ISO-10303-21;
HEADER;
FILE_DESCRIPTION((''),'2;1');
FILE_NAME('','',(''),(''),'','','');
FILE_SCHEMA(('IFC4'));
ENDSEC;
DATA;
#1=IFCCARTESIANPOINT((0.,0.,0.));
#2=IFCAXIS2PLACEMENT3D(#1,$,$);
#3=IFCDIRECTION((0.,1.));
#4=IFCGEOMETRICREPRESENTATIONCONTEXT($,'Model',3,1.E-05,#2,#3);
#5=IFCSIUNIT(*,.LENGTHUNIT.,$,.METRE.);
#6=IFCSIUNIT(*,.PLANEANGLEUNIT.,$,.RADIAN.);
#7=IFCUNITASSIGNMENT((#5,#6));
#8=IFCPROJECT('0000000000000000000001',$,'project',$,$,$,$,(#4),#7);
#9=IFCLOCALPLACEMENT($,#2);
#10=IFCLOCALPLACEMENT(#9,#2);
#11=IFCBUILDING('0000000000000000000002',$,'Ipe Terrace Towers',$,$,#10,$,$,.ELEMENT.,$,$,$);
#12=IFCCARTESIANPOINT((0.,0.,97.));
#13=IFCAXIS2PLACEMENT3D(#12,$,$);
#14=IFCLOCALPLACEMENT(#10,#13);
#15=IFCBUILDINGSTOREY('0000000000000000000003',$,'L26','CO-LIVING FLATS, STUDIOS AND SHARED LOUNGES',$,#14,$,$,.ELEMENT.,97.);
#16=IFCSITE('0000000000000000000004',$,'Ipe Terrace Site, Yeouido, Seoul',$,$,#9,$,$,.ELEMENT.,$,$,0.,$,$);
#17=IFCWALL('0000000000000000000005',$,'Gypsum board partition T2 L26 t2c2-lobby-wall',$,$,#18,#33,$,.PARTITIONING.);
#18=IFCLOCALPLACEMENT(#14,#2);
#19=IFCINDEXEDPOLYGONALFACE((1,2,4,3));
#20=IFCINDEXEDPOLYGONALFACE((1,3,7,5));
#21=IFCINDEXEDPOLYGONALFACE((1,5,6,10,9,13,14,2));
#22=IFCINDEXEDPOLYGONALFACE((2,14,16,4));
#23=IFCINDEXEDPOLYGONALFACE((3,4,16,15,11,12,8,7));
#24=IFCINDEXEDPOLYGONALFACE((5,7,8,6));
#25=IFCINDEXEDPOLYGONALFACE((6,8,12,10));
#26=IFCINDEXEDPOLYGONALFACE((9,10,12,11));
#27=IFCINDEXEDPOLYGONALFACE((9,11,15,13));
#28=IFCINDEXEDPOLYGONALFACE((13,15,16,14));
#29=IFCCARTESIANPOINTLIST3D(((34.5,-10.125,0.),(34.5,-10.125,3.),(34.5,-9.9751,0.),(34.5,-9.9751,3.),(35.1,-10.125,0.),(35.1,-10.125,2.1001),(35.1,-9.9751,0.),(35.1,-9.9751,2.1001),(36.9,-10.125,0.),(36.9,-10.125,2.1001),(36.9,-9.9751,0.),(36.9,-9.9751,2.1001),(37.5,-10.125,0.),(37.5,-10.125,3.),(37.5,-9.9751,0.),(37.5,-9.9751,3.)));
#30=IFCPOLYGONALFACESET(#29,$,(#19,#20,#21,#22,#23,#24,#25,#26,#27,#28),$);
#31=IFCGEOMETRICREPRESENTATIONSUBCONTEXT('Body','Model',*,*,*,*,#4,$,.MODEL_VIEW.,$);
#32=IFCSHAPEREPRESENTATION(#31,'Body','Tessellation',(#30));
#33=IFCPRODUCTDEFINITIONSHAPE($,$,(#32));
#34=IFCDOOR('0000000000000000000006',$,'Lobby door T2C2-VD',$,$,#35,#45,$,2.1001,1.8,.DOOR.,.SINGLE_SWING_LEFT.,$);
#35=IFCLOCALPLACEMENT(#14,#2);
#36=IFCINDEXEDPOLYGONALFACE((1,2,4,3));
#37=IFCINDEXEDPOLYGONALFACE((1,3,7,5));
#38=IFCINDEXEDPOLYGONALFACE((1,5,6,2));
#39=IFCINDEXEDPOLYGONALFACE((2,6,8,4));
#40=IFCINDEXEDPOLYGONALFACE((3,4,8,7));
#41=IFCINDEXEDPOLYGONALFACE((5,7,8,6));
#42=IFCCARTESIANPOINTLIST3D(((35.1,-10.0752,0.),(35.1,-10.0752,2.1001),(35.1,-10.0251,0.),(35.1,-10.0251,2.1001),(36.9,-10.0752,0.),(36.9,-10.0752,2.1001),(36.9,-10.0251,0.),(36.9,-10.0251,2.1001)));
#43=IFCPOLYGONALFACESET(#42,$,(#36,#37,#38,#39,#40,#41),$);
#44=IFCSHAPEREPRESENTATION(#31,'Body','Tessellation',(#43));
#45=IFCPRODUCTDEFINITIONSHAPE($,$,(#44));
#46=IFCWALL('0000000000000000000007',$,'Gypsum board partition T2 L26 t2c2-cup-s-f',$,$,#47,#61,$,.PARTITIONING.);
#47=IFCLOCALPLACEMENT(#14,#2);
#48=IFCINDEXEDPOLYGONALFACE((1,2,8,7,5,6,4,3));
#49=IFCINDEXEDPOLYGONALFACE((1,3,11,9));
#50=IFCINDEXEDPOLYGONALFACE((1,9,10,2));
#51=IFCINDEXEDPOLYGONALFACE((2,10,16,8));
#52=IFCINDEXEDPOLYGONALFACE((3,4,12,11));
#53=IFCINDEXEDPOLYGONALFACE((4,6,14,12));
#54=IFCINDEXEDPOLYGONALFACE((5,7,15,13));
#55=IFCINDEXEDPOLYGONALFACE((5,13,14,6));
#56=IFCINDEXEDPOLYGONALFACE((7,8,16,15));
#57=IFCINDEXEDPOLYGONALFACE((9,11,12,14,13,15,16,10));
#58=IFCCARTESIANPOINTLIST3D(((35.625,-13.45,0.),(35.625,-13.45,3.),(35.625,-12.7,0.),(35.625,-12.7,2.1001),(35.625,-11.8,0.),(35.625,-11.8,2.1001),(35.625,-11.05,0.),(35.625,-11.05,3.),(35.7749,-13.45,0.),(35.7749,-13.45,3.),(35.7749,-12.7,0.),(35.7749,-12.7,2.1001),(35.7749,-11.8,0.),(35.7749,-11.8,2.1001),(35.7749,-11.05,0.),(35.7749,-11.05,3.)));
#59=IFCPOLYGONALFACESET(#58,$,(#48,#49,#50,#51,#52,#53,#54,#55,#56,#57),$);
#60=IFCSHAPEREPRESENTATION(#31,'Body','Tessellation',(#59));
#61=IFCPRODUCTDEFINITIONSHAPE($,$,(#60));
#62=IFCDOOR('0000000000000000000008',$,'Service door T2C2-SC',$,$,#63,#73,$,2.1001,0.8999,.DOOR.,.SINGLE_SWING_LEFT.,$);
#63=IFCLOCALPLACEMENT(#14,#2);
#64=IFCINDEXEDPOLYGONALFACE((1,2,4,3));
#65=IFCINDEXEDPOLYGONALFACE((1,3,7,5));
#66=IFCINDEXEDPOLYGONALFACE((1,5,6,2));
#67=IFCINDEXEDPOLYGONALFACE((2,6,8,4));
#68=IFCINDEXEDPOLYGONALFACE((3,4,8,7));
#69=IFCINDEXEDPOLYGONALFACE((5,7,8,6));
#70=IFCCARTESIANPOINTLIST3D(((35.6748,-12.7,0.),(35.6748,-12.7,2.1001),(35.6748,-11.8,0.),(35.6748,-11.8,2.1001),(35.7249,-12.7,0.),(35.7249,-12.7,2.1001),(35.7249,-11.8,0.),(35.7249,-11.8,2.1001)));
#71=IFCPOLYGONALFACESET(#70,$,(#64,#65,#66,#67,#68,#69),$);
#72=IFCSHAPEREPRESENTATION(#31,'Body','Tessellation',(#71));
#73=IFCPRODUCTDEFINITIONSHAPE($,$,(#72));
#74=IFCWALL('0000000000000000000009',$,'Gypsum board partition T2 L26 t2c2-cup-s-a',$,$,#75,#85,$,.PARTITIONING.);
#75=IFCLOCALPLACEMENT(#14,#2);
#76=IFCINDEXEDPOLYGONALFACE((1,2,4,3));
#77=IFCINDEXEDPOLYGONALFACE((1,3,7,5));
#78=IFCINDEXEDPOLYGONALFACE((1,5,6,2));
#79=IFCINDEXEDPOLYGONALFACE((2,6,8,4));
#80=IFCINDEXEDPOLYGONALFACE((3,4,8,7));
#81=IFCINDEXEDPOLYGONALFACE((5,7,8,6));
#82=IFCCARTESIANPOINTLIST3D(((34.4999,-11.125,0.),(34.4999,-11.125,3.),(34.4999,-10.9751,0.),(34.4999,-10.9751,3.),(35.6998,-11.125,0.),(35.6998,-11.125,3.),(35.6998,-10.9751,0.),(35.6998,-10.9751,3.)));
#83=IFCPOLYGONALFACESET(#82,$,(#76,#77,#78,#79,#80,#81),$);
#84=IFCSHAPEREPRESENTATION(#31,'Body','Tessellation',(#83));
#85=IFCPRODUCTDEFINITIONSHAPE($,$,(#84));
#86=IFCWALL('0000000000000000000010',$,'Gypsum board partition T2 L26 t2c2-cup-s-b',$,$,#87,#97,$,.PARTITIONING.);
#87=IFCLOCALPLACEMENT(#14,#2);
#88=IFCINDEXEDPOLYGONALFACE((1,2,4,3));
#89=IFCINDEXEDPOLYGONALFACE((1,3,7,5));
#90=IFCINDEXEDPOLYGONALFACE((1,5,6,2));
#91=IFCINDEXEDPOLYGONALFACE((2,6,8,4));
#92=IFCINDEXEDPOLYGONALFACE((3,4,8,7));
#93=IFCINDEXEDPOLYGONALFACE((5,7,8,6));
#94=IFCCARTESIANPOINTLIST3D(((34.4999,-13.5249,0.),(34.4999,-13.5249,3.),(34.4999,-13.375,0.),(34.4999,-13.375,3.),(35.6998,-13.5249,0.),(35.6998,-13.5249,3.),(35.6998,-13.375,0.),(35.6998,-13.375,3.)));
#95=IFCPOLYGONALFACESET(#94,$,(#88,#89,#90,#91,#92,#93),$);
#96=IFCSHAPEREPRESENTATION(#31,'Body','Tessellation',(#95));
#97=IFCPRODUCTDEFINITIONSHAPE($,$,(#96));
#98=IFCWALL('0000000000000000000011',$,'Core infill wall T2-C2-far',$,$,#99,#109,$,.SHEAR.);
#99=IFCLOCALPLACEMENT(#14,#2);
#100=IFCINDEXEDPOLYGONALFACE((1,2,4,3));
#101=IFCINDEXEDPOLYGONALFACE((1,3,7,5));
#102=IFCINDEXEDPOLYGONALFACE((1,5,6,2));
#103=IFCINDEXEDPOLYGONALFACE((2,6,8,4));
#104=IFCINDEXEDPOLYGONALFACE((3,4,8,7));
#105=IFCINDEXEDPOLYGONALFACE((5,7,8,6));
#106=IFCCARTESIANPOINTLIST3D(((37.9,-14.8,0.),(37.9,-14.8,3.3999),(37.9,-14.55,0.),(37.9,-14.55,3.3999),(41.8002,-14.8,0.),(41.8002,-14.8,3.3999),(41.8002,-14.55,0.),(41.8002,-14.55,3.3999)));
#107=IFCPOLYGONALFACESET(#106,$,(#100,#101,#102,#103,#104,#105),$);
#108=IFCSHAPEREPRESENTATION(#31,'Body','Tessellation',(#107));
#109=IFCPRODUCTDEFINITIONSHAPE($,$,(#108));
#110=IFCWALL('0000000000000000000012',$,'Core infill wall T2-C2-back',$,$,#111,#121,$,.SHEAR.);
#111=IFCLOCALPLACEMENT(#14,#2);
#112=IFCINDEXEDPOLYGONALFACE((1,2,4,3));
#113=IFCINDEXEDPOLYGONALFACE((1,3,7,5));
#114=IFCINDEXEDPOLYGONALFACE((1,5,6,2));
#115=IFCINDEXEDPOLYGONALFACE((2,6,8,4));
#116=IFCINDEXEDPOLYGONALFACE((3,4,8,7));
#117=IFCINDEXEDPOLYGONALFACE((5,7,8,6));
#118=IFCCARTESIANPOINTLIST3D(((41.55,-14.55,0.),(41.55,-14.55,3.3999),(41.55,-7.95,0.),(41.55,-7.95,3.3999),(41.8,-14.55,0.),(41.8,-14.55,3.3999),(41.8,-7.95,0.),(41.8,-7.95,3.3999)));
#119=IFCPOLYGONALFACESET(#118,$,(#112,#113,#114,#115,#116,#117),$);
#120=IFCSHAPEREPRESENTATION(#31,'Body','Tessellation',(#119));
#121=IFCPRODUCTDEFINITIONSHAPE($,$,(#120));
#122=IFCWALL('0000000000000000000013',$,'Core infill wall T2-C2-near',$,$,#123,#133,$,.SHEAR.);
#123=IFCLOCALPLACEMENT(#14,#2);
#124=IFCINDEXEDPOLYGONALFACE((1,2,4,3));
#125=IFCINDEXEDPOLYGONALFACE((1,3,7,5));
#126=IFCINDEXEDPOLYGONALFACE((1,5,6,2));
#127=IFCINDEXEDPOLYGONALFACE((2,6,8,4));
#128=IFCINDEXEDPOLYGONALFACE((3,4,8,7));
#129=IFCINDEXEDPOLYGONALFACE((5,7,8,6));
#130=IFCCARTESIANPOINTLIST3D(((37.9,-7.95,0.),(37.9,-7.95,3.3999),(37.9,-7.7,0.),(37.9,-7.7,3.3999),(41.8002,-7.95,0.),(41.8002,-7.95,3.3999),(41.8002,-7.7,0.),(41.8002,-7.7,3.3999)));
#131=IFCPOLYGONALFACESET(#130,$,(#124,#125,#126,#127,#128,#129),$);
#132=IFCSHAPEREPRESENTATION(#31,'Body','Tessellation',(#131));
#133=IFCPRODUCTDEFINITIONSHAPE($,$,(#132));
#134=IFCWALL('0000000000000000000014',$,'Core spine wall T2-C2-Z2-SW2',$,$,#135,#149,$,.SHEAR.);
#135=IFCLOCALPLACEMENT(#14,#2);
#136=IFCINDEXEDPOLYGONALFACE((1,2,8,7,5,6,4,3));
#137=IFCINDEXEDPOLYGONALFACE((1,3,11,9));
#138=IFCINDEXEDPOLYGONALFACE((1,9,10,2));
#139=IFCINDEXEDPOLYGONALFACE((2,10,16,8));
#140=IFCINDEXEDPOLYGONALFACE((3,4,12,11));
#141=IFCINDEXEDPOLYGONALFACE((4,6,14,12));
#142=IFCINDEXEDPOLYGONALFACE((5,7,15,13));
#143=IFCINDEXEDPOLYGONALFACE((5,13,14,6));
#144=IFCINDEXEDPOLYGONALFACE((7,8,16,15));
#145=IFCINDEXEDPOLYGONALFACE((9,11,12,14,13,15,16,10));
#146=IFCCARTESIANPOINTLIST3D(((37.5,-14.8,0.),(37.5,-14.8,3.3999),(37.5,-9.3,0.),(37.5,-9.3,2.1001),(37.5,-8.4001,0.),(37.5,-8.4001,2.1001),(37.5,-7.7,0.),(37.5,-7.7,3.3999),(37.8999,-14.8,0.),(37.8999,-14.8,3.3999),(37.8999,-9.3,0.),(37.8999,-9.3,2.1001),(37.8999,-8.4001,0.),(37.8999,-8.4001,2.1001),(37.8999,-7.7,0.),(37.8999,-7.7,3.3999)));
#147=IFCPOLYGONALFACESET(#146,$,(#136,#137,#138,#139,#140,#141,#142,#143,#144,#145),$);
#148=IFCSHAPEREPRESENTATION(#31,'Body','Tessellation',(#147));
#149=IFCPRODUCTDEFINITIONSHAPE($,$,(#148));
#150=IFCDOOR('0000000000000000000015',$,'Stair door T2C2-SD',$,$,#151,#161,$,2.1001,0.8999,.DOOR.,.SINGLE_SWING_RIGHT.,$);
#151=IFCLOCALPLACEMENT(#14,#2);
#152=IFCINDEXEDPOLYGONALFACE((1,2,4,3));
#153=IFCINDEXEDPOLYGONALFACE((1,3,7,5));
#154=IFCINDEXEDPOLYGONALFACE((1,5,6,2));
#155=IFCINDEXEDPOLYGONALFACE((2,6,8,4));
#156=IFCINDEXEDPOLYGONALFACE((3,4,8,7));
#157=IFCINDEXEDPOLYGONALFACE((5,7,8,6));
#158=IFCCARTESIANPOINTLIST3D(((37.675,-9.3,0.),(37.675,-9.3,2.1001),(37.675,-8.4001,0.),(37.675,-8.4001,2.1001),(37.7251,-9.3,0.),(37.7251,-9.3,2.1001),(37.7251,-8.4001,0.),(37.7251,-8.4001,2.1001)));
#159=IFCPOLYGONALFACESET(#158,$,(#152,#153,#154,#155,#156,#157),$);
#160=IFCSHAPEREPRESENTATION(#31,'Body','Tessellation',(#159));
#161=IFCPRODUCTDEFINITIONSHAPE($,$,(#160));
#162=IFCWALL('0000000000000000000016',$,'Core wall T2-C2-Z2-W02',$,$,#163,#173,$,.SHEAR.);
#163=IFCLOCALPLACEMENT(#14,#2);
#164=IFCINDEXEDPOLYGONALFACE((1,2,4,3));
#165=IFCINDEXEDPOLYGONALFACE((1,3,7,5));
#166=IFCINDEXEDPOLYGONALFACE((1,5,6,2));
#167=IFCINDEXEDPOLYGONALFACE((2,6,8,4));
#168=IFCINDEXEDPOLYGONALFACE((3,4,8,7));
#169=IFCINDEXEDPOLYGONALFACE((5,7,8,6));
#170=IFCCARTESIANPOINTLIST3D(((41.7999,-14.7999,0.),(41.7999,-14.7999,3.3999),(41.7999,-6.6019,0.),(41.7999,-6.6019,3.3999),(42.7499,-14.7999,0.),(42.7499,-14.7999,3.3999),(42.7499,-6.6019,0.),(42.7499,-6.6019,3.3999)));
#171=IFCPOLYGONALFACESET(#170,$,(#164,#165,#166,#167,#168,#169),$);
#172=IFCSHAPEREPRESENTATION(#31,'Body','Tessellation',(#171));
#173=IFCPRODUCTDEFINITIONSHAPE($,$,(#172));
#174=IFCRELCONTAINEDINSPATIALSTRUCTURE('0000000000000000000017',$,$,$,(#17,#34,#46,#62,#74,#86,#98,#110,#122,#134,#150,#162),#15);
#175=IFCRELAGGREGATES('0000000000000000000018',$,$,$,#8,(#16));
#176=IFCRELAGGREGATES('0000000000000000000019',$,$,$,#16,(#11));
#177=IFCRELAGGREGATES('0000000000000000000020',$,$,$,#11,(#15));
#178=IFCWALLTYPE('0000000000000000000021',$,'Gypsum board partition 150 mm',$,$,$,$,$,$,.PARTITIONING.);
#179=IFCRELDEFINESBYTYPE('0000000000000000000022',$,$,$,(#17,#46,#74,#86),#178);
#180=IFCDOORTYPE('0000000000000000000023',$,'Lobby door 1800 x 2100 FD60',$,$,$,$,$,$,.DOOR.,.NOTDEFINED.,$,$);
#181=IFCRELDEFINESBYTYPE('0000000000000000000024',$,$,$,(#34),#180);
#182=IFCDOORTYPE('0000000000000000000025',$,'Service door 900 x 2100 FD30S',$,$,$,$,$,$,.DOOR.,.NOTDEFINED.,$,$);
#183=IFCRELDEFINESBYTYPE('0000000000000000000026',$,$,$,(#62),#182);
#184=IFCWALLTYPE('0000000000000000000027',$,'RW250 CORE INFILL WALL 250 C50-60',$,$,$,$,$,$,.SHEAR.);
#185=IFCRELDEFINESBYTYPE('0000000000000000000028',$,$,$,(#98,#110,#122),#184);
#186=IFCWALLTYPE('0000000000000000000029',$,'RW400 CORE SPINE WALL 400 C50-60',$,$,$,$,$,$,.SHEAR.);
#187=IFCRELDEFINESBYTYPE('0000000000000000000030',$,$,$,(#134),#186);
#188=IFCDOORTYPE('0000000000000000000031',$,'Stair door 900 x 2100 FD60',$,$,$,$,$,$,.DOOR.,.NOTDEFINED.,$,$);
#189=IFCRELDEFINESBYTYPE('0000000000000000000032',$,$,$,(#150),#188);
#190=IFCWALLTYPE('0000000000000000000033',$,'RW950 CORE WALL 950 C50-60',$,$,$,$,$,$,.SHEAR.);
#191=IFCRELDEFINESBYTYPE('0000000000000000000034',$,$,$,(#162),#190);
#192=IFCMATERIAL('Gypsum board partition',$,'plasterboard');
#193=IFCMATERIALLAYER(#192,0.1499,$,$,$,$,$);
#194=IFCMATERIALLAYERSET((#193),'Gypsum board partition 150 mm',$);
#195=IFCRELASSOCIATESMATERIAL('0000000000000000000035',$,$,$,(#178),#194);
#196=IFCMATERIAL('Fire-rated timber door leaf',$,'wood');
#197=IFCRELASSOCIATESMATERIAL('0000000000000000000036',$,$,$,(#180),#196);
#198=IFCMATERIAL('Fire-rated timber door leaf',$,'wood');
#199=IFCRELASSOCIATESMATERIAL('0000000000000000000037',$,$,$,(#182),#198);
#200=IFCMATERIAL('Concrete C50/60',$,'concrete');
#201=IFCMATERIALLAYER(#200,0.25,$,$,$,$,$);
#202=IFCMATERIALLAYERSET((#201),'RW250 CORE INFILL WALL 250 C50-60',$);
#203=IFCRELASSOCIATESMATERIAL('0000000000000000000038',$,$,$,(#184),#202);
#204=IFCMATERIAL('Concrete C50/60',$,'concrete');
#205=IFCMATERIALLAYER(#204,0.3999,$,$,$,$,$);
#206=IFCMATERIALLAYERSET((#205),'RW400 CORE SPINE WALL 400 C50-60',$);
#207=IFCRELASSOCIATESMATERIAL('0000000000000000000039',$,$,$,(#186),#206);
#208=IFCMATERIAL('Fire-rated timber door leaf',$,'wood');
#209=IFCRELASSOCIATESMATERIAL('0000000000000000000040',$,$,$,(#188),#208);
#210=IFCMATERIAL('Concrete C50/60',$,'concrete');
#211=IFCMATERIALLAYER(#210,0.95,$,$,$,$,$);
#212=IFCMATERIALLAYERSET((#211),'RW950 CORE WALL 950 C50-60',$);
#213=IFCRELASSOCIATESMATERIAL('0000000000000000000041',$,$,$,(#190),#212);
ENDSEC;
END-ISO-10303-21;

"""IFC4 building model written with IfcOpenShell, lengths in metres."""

from ifc_helpers import new_model, si_unit, direction, frame, frame_2d, origin, place, context, subcontext, project, spatial, rectangle, extrude, material, layer, layer_set, type_object, element, fill, save


model = new_model("IFC4")

# Units and contexts
model_context = context("Model", 3, precision=1e-05, world=origin(), true_north=direction((0.0, 1.0)))
body_context = subcontext(model_context, "Body", "Model", "MODEL_VIEW")
ifc_project = project(units=[si_unit("LENGTHUNIT", "METRE"), si_unit("PLANEANGLEUNIT", "RADIAN")], contexts=[model_context])

# Site, building, storey
site_placement = place(None, origin())
site = spatial("IfcSite", under=ifc_project, at=site_placement, Name="Ipe Terrace Site, Yeouido, Seoul", CompositionType="ELEMENT", RefElevation=0.0)
building_placement = place(site_placement, origin())
building = spatial("IfcBuilding", under=site, at=building_placement, Name="Ipe Terrace Towers", CompositionType="ELEMENT")
storey_placement = place(building_placement, frame((0.0, 0.0, 97.0)))
storey = spatial("IfcBuildingStorey", under=building, at=storey_placement, Name="L26", Description="CO-LIVING FLATS, STUDIOS AND SHARED LOUNGES", CompositionType="ELEMENT", Elevation=97.0)

# Walls, openings, doors
ifc_material_1 = material(Name="Gypsum board partition", Category="plasterboard")
ifc_layer_1 = layer(ifc_material_1, 0.1499)
ifc_layer_set_1 = layer_set([ifc_layer_1], Name="Gypsum board partition 150 mm")
wall_type_1 = type_object("IfcWallType", Name="Gypsum board partition 150 mm", PredefinedType="PARTITIONING", material=ifc_layer_set_1)
wall_1_placement = place(storey_placement, frame((34.5, -10.05, 0.0), z_axis=(0.0, 0.0, 1.0), x_axis=(1.0, 0.0, 0.0)))
wall_1 = element("IfcWall", 1, at=wall_1_placement, inside=storey, type_object=wall_type_1, Name="Gypsum board partition T2 L26 t2c2-lobby-wall", PredefinedType="PARTITIONING", context=body_context, shape_type="SweptSolid", body=[
    extrude(rectangle(XDim=3.0, YDim=0.1499, at=frame_2d((1.5, 0.0))), origin(), (0.0, 0.0, 1.0), 3.0),
])
opening_1_placement = place(wall_1_placement, frame((0.6001, 0.0, 0.0)))
opening_1 = element("IfcOpeningElement", 2, at=opening_1_placement, cuts=wall_1, PredefinedType="OPENING", context=body_context, shape_type="SweptSolid", body=[
    extrude(rectangle(XDim=1.8, YDim=2.1001, at=frame_2d((0.8999, 1.05))), frame((0.0, 0.085, 0.0), z_axis=(0.0, -1.0, 0.0), x_axis=(1.0, 0.0, 0.0)), (0.0, 0.0, 1.0), 0.1699),
])
ifc_material_2 = material(Name="Fire-rated timber door leaf", Category="wood")
door_type_1 = type_object("IfcDoorType", Name="Lobby door 1800 x 2100 FD60", OperationType="NOTDEFINED", PredefinedType="DOOR", material=ifc_material_2)
door_1_placement = place(opening_1_placement, origin())
door_1 = element("IfcDoor", 3, at=door_1_placement, inside=storey, type_object=door_type_1, Name="Lobby door T2C2-VD", OperationType="SINGLE_SWING_LEFT", OverallHeight=2.1001, OverallWidth=1.8, PredefinedType="DOOR", context=body_context, shape_type="SweptSolid", body=[
    extrude(rectangle(XDim=1.8, YDim=2.1001, at=frame_2d((0.8999, 1.05))), frame((0.0, 0.0249, 0.0), z_axis=(0.0, -1.0, 0.0), x_axis=(1.0, 0.0, 0.0)), (0.0, 0.0, 1.0), 0.05),
])
fill(opening_1, door_1)
wall_2_placement = place(storey_placement, frame((35.7, -11.05, 0.0), z_axis=(0.0, 0.0, 1.0), x_axis=(0.0, -1.0, 0.0)))
wall_2 = element("IfcWall", 4, at=wall_2_placement, inside=storey, type_object=wall_type_1, Name="Gypsum board partition T2 L26 t2c2-cup-s-f", PredefinedType="PARTITIONING", context=body_context, shape_type="SweptSolid", body=[
    extrude(rectangle(XDim=2.3999, YDim=0.1499, at=frame_2d((1.2, 0.0))), origin(), (0.0, 0.0, 1.0), 3.0),
])
opening_2_placement = place(wall_2_placement, frame((0.75, 0.0, 0.0)))
opening_2 = element("IfcOpeningElement", 5, at=opening_2_placement, cuts=wall_2, PredefinedType="OPENING", context=body_context, shape_type="SweptSolid", body=[
    extrude(rectangle(XDim=0.8999, YDim=2.1001, at=frame_2d((0.45, 1.05))), frame((0.0, 0.085, 0.0), z_axis=(0.0, -1.0, 0.0), x_axis=(1.0, 0.0, 0.0)), (0.0, 0.0, 1.0), 0.1699),
])
ifc_material_3 = material(Name="Fire-rated timber door leaf", Category="wood")
door_type_2 = type_object("IfcDoorType", Name="Service door 900 x 2100 FD30S", OperationType="NOTDEFINED", PredefinedType="DOOR", material=ifc_material_3)
door_2_placement = place(opening_2_placement, origin())
door_2 = element("IfcDoor", 6, at=door_2_placement, inside=storey, type_object=door_type_2, Name="Service door T2C2-SC", OperationType="SINGLE_SWING_LEFT", OverallHeight=2.1001, OverallWidth=0.8999, PredefinedType="DOOR", context=body_context, shape_type="SweptSolid", body=[
    extrude(rectangle(XDim=0.8999, YDim=2.1001, at=frame_2d((0.45, 1.05))), frame((0.0, 0.0249, 0.0), z_axis=(0.0, -1.0, 0.0), x_axis=(1.0, 0.0, 0.0)), (0.0, 0.0, 1.0), 0.05),
])
fill(opening_2, door_2)

# Walls
for number, where, z_axis, x_axis, name in (
    (7, (35.7, -11.05, 0.0), (0.0, 0.0, 1.0), (-1.0, 0.0, 0.0), "Gypsum board partition T2 L26 t2c2-cup-s-a"),
    (8, (35.7, -13.45, 0.0), (0.0, 0.0, 1.0), (-1.0, 0.0, 0.0), "Gypsum board partition T2 L26 t2c2-cup-s-b"),
):
    element("IfcWall", number, at=place(storey_placement, frame(where, z_axis=z_axis, x_axis=x_axis)), inside=storey, type_object=wall_type_1, Name=name, PredefinedType="PARTITIONING", context=body_context, shape_type="SweptSolid", body=[
        extrude(rectangle(XDim=1.2, YDim=0.1499, at=frame_2d((0.6001, 0.0))), origin(), (0.0, 0.0, 1.0), 3.0),
    ])
ifc_material_4 = material(Name="Concrete C50/60", Category="concrete")
ifc_layer_2 = layer(ifc_material_4, 0.25)
ifc_layer_set_2 = layer_set([ifc_layer_2], Name="RW250 CORE INFILL WALL 250 C50-60")
wall_type_2 = type_object("IfcWallType", Name="RW250 CORE INFILL WALL 250 C50-60", PredefinedType="SHEAR", material=ifc_layer_set_2)
wall_3_placement = place(storey_placement, frame((37.8999, -14.675, 0.0), z_axis=(0.0, 0.0, 1.0), x_axis=(1.0, 0.0, 0.0)))
element("IfcWall", 9, at=wall_3_placement, inside=storey, type_object=wall_type_2, Name="Core infill wall T2-C2-far", PredefinedType="SHEAR", context=body_context, shape_type="SweptSolid", body=[
    extrude(rectangle(XDim=3.9001, YDim=0.25, at=frame_2d((1.9502, 0.0))), origin(), (0.0, 0.0, 1.0), 3.3999),
])
wall_4_placement = place(storey_placement, frame((41.675, -7.95, 0.0), z_axis=(0.0, 0.0, 1.0), x_axis=(0.0, -1.0, 0.0)))
element("IfcWall", 10, at=wall_4_placement, inside=storey, type_object=wall_type_2, Name="Core infill wall T2-C2-back", PredefinedType="SHEAR", context=body_context, shape_type="SweptSolid", body=[
    extrude(rectangle(XDim=6.6001, YDim=0.25, at=frame_2d((3.3, 0.0))), origin(), (0.0, 0.0, 1.0), 3.3999),
])
wall_5_placement = place(storey_placement, frame((37.8999, -7.825, 0.0), z_axis=(0.0, 0.0, 1.0), x_axis=(1.0, 0.0, 0.0)))
element("IfcWall", 11, at=wall_5_placement, inside=storey, type_object=wall_type_2, Name="Core infill wall T2-C2-near", PredefinedType="SHEAR", context=body_context, shape_type="SweptSolid", body=[
    extrude(rectangle(XDim=3.9001, YDim=0.25, at=frame_2d((1.9502, 0.0))), origin(), (0.0, 0.0, 1.0), 3.3999),
])

# Wall, opening, door
ifc_material_5 = material(Name="Concrete C50/60", Category="concrete")
ifc_layer_3 = layer(ifc_material_5, 0.3999)
ifc_layer_set_3 = layer_set([ifc_layer_3], Name="RW400 CORE SPINE WALL 400 C50-60")
wall_type_3 = type_object("IfcWallType", Name="RW400 CORE SPINE WALL 400 C50-60", PredefinedType="SHEAR", material=ifc_layer_set_3)
wall_6_placement = place(storey_placement, frame((37.7, -14.8, 0.0), z_axis=(0.0, 0.0, 1.0), x_axis=(0.0, 1.0, 0.0)))
wall_6 = element("IfcWall", 12, at=wall_6_placement, inside=storey, type_object=wall_type_3, Name="Core spine wall T2-C2-Z2-SW2", PredefinedType="SHEAR", context=body_context, shape_type="SweptSolid", body=[
    extrude(rectangle(XDim=7.1001, YDim=0.3999, at=frame_2d((3.55, 0.0))), origin(), (0.0, 0.0, 1.0), 3.3999),
])
opening_3_placement = place(wall_6_placement, frame((5.5, 0.0, 0.0)))
opening_3 = element("IfcOpeningElement", 13, at=opening_3_placement, cuts=wall_6, PredefinedType="OPENING", context=body_context, shape_type="SweptSolid", body=[
    extrude(rectangle(XDim=0.8999, YDim=2.1001, at=frame_2d((0.45, 1.05))), frame((0.0, 0.21, 0.0), z_axis=(0.0, -1.0, 0.0), x_axis=(1.0, 0.0, 0.0)), (0.0, 0.0, 1.0), 0.4199),
])
ifc_material_6 = material(Name="Fire-rated timber door leaf", Category="wood")
door_type_3 = type_object("IfcDoorType", Name="Stair door 900 x 2100 FD60", OperationType="NOTDEFINED", PredefinedType="DOOR", material=ifc_material_6)
door_3_placement = place(opening_3_placement, origin())
door_3 = element("IfcDoor", 14, at=door_3_placement, inside=storey, type_object=door_type_3, Name="Stair door T2C2-SD", OperationType="SINGLE_SWING_RIGHT", OverallHeight=2.1001, OverallWidth=0.8999, PredefinedType="DOOR", context=body_context, shape_type="SweptSolid", body=[
    extrude(rectangle(XDim=0.8999, YDim=2.1001, at=frame_2d((0.45, 1.05))), frame((0.0, 0.0249, 0.0), z_axis=(0.0, -1.0, 0.0), x_axis=(1.0, 0.0, 0.0)), (0.0, 0.0, 1.0), 0.05),
])
fill(opening_3, door_3)

# Wall
ifc_material_7 = material(Name="Concrete C50/60", Category="concrete")
ifc_layer_4 = layer(ifc_material_7, 0.95)
ifc_layer_set_4 = layer_set([ifc_layer_4], Name="RW950 CORE WALL 950 C50-60")
wall_type_4 = type_object("IfcWallType", Name="RW950 CORE WALL 950 C50-60", PredefinedType="SHEAR", material=ifc_layer_set_4)
wall_7_placement = place(storey_placement, frame((42.2749, -14.8, 0.0), z_axis=(0.0, 0.0, 1.0), x_axis=(0.0, 1.0, 0.0)))
element("IfcWall", 15, at=wall_7_placement, inside=storey, type_object=wall_type_4, Name="Core wall T2-C2-Z2-W02", PredefinedType="SHEAR", context=body_context, shape_type="SweptSolid", body=[
    extrude(rectangle(XDim=8.198, YDim=0.95, at=frame_2d((4.0991, 0.0))), origin(), (0.0, 0.0, 1.0), 3.3999),
])

save(model, "model.ifc")
